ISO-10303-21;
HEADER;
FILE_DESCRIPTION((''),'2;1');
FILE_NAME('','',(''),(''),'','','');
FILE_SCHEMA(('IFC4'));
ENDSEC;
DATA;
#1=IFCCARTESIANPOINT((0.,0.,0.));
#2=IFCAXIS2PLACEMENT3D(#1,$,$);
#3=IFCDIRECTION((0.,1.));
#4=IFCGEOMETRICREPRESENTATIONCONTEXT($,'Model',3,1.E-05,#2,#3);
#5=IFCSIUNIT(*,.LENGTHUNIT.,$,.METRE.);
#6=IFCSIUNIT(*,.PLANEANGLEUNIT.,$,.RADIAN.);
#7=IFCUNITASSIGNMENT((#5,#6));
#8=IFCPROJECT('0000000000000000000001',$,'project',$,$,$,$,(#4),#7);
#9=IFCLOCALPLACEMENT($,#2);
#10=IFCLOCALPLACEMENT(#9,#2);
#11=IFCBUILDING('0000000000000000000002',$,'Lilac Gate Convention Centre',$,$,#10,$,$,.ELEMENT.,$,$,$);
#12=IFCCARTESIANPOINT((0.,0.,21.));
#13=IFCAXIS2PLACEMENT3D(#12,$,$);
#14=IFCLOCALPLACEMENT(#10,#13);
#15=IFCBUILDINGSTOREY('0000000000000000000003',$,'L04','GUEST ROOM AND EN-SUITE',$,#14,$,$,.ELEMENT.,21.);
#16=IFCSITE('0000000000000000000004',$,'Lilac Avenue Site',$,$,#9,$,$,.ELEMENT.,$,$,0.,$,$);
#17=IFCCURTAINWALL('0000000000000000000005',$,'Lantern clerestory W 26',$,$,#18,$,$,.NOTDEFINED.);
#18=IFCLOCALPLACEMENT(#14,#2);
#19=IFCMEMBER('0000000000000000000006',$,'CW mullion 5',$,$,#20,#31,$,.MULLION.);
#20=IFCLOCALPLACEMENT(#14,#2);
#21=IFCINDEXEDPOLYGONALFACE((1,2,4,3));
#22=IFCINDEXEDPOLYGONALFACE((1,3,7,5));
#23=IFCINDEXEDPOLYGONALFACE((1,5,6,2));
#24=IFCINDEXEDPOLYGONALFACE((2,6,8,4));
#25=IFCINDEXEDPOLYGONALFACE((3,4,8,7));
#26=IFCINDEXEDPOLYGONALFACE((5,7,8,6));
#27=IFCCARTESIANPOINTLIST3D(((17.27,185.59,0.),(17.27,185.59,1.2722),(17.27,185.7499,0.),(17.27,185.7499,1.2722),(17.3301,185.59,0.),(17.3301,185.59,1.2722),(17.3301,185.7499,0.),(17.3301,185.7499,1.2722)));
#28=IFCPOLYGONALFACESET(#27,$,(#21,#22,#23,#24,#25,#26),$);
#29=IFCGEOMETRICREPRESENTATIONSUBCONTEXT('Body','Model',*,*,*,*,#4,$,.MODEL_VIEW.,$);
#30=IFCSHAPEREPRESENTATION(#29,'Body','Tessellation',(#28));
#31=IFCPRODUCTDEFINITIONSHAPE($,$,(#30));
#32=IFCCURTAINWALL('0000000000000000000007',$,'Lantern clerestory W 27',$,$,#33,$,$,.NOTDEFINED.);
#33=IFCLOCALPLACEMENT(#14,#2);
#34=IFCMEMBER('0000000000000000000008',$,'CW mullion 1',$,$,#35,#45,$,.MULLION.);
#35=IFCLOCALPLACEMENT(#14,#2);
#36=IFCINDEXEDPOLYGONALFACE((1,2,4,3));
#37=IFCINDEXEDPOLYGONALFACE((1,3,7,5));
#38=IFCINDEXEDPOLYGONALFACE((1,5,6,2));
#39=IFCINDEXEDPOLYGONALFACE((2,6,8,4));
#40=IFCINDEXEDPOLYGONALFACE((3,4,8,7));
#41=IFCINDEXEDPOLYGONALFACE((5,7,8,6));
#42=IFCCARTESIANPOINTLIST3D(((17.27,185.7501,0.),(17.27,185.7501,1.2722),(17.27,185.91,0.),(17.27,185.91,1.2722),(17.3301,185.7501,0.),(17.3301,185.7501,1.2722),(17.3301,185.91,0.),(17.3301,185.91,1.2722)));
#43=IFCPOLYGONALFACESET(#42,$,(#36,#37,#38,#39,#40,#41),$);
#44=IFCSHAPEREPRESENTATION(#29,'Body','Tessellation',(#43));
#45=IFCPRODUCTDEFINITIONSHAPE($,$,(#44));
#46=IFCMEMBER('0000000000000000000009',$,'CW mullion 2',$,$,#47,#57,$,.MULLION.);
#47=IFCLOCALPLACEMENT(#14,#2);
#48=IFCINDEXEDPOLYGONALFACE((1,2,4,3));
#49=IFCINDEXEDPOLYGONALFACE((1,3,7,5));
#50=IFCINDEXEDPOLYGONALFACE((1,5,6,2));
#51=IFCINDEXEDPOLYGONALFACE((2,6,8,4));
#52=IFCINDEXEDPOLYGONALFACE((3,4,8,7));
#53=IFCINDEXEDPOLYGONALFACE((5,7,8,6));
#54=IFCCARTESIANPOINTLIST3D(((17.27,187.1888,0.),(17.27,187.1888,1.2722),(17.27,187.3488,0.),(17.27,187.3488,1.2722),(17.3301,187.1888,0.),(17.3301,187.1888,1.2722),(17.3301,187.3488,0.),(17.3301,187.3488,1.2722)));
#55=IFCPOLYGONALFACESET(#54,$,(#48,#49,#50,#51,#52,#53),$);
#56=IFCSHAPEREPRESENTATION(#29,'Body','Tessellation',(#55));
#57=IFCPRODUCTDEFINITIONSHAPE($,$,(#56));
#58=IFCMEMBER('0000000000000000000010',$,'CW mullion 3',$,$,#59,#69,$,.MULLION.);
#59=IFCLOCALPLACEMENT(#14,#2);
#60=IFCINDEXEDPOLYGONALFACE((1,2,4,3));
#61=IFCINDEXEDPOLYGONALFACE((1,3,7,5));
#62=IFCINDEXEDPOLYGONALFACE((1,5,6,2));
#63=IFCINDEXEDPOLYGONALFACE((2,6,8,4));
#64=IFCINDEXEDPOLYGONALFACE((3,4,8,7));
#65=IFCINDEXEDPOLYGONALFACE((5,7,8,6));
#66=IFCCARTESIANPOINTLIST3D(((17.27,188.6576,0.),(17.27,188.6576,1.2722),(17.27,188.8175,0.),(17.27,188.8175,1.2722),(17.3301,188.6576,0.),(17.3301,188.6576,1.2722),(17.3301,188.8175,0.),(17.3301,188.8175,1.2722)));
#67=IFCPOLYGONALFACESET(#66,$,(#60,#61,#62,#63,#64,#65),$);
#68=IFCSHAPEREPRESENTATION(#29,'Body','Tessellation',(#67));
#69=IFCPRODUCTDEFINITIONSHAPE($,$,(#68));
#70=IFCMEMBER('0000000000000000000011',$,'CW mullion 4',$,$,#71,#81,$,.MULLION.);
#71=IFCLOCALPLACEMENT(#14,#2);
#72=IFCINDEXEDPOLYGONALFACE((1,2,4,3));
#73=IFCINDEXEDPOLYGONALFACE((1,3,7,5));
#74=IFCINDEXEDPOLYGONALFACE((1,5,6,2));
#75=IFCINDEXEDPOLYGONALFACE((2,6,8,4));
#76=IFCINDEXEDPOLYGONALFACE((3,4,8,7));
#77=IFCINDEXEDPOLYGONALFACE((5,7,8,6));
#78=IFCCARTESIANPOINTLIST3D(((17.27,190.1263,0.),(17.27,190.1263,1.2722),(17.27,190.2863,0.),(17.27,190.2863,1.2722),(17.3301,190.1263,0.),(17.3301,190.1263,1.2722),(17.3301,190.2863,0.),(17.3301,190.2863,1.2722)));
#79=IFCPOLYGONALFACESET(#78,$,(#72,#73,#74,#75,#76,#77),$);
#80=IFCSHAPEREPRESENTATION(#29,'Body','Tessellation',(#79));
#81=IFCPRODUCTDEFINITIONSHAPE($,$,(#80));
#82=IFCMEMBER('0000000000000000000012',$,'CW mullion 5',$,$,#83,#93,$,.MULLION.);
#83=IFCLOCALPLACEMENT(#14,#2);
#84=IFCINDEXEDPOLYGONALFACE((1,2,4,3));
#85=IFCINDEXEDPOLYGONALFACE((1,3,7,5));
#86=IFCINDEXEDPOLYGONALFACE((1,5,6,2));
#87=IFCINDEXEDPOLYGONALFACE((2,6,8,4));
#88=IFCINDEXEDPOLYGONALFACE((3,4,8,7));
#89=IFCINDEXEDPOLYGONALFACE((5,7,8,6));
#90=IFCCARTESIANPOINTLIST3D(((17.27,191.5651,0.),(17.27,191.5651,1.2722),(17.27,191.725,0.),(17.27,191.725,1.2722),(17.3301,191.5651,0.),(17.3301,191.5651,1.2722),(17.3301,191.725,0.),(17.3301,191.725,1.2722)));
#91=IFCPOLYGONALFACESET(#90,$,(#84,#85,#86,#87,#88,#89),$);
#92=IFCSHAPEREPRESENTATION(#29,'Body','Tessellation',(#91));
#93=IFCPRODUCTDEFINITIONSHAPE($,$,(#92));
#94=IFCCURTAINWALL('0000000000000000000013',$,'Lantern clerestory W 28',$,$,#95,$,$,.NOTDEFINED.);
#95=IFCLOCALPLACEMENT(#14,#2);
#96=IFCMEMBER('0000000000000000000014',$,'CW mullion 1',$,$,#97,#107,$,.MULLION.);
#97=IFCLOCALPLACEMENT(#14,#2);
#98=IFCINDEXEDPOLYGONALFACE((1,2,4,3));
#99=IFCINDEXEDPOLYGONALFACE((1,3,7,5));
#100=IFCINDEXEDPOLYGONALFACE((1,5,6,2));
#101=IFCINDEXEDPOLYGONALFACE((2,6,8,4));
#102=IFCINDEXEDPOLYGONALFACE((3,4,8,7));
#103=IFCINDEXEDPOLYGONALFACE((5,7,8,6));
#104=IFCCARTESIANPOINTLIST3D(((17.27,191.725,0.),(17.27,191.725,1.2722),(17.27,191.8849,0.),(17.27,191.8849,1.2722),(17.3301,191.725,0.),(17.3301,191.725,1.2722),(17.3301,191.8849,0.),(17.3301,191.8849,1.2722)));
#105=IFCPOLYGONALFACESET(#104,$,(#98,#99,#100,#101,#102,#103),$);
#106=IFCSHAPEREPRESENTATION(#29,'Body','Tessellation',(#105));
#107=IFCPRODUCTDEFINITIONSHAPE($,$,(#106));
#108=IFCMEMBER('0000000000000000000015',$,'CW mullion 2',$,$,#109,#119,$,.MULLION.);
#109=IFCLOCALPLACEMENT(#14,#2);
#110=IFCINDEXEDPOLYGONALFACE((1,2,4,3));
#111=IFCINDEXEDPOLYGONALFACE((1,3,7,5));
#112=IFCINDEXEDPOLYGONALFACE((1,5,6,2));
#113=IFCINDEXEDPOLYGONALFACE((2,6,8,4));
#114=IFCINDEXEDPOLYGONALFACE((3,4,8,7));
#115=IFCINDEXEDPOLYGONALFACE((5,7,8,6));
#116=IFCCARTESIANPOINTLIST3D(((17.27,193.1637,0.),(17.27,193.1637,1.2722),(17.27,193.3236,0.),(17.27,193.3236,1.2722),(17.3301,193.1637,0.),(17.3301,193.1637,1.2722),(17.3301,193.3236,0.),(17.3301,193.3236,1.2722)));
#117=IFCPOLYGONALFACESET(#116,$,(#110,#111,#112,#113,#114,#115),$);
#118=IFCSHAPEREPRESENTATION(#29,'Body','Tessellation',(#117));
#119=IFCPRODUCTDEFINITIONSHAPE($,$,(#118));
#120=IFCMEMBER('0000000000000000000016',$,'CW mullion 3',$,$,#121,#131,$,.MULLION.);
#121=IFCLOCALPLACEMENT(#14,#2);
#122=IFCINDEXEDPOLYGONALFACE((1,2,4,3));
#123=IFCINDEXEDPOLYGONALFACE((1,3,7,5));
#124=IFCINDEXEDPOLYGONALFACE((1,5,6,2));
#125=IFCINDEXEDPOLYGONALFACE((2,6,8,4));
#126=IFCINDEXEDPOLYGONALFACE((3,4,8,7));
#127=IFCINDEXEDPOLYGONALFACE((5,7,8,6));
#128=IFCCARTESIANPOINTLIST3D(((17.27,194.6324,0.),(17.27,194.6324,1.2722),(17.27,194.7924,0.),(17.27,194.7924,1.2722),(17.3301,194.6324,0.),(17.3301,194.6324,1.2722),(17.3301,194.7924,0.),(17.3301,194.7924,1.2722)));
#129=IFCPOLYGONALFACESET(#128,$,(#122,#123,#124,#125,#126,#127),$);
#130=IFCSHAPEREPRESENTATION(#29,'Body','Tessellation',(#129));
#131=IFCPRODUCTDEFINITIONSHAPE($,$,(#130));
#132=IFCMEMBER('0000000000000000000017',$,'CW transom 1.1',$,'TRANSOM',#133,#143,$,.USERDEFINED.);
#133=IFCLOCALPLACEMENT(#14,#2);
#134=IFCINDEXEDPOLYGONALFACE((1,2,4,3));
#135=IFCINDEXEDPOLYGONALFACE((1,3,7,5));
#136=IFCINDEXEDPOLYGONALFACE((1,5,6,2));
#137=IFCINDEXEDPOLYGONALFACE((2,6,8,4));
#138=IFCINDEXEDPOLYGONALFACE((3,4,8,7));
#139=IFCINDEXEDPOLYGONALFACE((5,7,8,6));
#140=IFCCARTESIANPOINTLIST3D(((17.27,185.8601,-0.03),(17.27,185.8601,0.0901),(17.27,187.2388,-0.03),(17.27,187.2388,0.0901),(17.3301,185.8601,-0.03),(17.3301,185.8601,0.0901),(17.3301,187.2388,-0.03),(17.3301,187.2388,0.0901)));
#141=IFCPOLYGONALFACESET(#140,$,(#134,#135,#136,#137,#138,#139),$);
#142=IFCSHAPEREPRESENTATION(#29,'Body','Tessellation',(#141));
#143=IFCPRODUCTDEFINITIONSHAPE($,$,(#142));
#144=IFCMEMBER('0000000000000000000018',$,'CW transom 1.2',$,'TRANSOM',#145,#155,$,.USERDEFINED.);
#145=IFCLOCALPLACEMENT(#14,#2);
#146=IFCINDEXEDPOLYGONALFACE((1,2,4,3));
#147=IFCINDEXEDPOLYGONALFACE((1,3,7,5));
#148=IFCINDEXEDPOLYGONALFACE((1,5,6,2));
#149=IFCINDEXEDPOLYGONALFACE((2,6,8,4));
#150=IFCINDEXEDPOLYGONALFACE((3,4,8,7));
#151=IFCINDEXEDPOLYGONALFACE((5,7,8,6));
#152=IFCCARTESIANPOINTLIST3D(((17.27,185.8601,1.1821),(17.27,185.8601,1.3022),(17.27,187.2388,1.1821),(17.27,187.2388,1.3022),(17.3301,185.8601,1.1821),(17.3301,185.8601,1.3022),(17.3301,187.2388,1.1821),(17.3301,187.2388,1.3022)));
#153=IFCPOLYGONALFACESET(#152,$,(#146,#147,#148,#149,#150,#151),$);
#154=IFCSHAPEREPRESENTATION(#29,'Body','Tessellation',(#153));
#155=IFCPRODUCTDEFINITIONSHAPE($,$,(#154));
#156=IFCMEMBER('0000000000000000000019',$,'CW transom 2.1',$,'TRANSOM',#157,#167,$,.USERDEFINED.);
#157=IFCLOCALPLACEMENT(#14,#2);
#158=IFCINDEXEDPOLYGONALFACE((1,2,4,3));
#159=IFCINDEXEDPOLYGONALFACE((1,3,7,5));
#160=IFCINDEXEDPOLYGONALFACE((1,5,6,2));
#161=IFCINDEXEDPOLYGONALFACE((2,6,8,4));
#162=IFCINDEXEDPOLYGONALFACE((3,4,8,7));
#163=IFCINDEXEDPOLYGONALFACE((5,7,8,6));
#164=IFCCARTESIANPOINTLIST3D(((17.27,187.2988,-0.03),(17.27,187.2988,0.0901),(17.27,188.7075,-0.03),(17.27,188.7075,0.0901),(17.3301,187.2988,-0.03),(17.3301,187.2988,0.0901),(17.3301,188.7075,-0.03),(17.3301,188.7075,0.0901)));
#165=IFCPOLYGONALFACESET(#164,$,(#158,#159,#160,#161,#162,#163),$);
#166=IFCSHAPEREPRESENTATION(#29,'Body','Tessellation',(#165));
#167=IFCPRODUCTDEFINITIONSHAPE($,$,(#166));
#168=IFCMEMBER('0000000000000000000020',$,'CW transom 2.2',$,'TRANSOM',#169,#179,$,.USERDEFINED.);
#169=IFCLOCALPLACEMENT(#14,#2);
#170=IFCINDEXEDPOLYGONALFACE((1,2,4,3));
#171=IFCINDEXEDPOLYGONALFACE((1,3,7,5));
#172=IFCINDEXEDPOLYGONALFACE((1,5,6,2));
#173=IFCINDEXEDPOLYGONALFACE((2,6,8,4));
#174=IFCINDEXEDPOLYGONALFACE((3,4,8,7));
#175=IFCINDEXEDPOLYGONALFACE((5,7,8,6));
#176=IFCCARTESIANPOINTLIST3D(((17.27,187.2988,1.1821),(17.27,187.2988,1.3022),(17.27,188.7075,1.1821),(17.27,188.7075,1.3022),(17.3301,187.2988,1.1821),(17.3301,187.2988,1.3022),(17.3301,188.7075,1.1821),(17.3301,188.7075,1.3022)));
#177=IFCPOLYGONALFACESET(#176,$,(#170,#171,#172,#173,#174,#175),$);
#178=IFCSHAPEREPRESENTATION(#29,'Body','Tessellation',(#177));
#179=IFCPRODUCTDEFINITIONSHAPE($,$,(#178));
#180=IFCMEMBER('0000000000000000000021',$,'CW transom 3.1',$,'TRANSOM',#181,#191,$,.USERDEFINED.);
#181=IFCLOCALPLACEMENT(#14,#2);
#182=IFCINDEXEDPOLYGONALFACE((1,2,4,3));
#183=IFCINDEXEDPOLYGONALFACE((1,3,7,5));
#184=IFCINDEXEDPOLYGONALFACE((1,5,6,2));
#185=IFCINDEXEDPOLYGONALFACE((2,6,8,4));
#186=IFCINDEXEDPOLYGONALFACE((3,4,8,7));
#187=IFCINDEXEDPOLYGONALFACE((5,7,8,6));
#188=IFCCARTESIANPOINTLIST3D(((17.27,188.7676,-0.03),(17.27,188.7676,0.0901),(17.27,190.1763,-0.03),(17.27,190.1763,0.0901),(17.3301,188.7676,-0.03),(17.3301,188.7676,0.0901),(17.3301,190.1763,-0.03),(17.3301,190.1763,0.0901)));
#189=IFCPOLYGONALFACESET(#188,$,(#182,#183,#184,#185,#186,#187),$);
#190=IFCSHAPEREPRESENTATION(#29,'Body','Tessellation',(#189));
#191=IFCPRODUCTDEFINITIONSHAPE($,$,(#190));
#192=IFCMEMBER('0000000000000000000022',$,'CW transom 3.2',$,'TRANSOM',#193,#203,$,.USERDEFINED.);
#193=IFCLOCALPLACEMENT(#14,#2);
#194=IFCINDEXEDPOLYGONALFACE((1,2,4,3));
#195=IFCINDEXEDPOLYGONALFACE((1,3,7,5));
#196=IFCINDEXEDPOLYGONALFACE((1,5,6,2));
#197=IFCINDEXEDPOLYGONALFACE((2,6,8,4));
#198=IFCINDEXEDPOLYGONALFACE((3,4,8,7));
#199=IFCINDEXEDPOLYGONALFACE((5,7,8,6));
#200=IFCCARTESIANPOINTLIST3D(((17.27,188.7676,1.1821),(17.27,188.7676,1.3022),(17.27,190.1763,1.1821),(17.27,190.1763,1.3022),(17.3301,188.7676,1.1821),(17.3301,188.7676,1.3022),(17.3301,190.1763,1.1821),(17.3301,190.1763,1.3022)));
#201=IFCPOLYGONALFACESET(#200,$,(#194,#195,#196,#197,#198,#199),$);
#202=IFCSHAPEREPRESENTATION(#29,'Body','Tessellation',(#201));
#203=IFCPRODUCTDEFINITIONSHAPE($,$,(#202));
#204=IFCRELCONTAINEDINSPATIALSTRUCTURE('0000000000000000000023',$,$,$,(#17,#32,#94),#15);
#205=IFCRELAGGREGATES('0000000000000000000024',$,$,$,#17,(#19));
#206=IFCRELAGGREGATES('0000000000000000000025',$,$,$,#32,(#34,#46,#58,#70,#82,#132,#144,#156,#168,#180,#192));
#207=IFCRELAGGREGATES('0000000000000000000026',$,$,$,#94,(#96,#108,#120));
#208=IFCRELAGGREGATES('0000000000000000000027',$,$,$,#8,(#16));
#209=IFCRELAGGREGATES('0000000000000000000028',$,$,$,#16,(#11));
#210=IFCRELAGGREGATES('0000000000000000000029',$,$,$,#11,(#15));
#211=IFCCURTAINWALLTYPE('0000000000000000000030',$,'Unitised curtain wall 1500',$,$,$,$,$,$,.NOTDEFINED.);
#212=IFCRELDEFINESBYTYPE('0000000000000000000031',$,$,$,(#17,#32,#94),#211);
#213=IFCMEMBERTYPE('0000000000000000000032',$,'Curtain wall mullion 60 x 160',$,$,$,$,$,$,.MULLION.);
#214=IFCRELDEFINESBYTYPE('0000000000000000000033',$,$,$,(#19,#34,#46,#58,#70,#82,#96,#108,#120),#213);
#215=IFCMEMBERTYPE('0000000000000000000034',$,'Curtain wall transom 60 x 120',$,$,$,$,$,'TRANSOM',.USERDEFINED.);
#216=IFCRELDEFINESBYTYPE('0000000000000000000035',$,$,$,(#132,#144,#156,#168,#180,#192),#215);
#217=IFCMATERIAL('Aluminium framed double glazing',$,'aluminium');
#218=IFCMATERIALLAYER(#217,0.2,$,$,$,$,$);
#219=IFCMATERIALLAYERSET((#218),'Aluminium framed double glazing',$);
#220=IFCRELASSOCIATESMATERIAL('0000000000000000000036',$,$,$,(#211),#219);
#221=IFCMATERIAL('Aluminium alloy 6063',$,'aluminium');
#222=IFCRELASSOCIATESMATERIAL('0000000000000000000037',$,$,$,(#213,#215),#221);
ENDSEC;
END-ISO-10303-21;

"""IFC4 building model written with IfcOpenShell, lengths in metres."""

from ifc_helpers import new_model, si_unit, direction, frame, origin, origin_2d, place, context, subcontext, project, spatial, rectangle, extrude, material, layer, layer_set, material_profile, profile_set, type_object, element, aggregate, save


model = new_model("IFC4")

# Units and contexts
model_context = context("Model", 3, precision=1e-05, world=origin(), true_north=direction((0.0, 1.0)))
body_context = subcontext(model_context, "Body", "Model", "MODEL_VIEW")
ifc_project = project(units=[si_unit("LENGTHUNIT", "METRE"), si_unit("PLANEANGLEUNIT", "RADIAN")], contexts=[model_context])

# Site, building, storey
site_placement = place(None, origin())
site = spatial("IfcSite", under=ifc_project, at=site_placement, Name="Lilac Avenue Site", CompositionType="ELEMENT", RefElevation=0.0)
building_placement = place(site_placement, origin())
building = spatial("IfcBuilding", under=site, at=building_placement, Name="Lilac Gate Convention Centre", CompositionType="ELEMENT")
storey_placement = place(building_placement, frame((0.0, 0.0, 21.0)))
storey = spatial("IfcBuildingStorey", under=building, at=storey_placement, Name="L04", Description="GUEST ROOM AND EN-SUITE", CompositionType="ELEMENT", Elevation=21.0)

# Curtain wall, member
ifc_material_1 = material(Name="Aluminium framed double glazing", Category="aluminium")
ifc_layer_1 = layer(ifc_material_1, 0.2)
ifc_layer_set_1 = layer_set([ifc_layer_1], Name="Aluminium framed double glazing")
curtain_wall_type = type_object("IfcCurtainWallType", Name="Unitised curtain wall 1500", PredefinedType="NOTDEFINED", material=ifc_layer_set_1)
curtain_wall_1_placement = place(storey_placement, origin())
curtain_wall_1 = element("IfcCurtainWall", 1, at=curtain_wall_1_placement, inside=storey, type_object=curtain_wall_type, Name="Lantern clerestory W 26", PredefinedType="NOTDEFINED")
ifc_material_2 = material(Name="Aluminium alloy 6063", Category="aluminium")
ifc_material_profile_1 = material_profile(ifc_material_2, rectangle(XDim=0.0601, YDim=0.1599, at=origin_2d()), Name="Curtain wall mullion 60 x 160")
ifc_profile_set_1 = profile_set([ifc_material_profile_1], Name="Aluminium alloy 6063")
member_type_1 = type_object("IfcMemberType", Name="Curtain wall mullion 60 x 160", PredefinedType="MULLION", material=ifc_profile_set_1)
member_1_placement = place(storey_placement, frame((17.3, 185.6699, 0.0), z_axis=(0.0, 0.0, 1.0), x_axis=(-1.0, 0.0, 0.0)))
member_1 = element("IfcMember", 2, at=member_1_placement, type_object=member_type_1, Name="CW mullion 5", PredefinedType="MULLION", context=body_context, shape_type="SweptSolid", body=[
    extrude(rectangle(XDim=0.0601, YDim=0.1599, at=origin_2d()), origin(), (0.0, 0.0, 1.0), 1.2722),
])

# Curtain walls, members
curtain_wall_2_placement = place(storey_placement, origin())
curtain_wall_2 = element("IfcCurtainWall", 3, at=curtain_wall_2_placement, inside=storey, type_object=curtain_wall_type, Name="Lantern clerestory W 27", PredefinedType="NOTDEFINED")
member_2_placement = place(storey_placement, frame((17.3, 185.8301, 0.0), z_axis=(0.0, 0.0, 1.0), x_axis=(-1.0, 0.0, 0.0)))
member_2 = element("IfcMember", 4, at=member_2_placement, type_object=member_type_1, Name="CW mullion 1", PredefinedType="MULLION", context=body_context, shape_type="SweptSolid", body=[
    extrude(rectangle(XDim=0.0601, YDim=0.1599, at=origin_2d()), origin(), (0.0, 0.0, 1.0), 1.2722),
])
member_3_placement = place(storey_placement, frame((17.3, 187.2688, 0.0), z_axis=(0.0, 0.0, 1.0), x_axis=(-1.0, 0.0, 0.0)))
member_3 = element("IfcMember", 5, at=member_3_placement, type_object=member_type_1, Name="CW mullion 2", PredefinedType="MULLION", context=body_context, shape_type="SweptSolid", body=[
    extrude(rectangle(XDim=0.0601, YDim=0.1599, at=origin_2d()), origin(), (0.0, 0.0, 1.0), 1.2722),
])
member_4_placement = place(storey_placement, frame((17.3, 188.7375, 0.0), z_axis=(0.0, 0.0, 1.0), x_axis=(-1.0, 0.0, 0.0)))
member_4 = element("IfcMember", 6, at=member_4_placement, type_object=member_type_1, Name="CW mullion 3", PredefinedType="MULLION", context=body_context, shape_type="SweptSolid", body=[
    extrude(rectangle(XDim=0.0601, YDim=0.1599, at=origin_2d()), origin(), (0.0, 0.0, 1.0), 1.2722),
])
member_5_placement = place(storey_placement, frame((17.3, 190.2063, 0.0), z_axis=(0.0, 0.0, 1.0), x_axis=(-1.0, 0.0, 0.0)))
member_5 = element("IfcMember", 7, at=member_5_placement, type_object=member_type_1, Name="CW mullion 4", PredefinedType="MULLION", context=body_context, shape_type="SweptSolid", body=[
    extrude(rectangle(XDim=0.0601, YDim=0.1599, at=origin_2d()), origin(), (0.0, 0.0, 1.0), 1.2722),
])
member_6_placement = place(storey_placement, frame((17.3, 191.645, 0.0), z_axis=(0.0, 0.0, 1.0), x_axis=(-1.0, 0.0, 0.0)))
member_6 = element("IfcMember", 8, at=member_6_placement, type_object=member_type_1, Name="CW mullion 5", PredefinedType="MULLION", context=body_context, shape_type="SweptSolid", body=[
    extrude(rectangle(XDim=0.0601, YDim=0.1599, at=origin_2d()), origin(), (0.0, 0.0, 1.0), 1.2722),
])
curtain_wall_3_placement = place(storey_placement, origin())
curtain_wall_3 = element("IfcCurtainWall", 9, at=curtain_wall_3_placement, inside=storey, type_object=curtain_wall_type, Name="Lantern clerestory W 28", PredefinedType="NOTDEFINED")
member_7_placement = place(storey_placement, frame((17.3, 191.8049, 0.0), z_axis=(0.0, 0.0, 1.0), x_axis=(-1.0, 0.0, 0.0)))
member_7 = element("IfcMember", 10, at=member_7_placement, type_object=member_type_1, Name="CW mullion 1", PredefinedType="MULLION", context=body_context, shape_type="SweptSolid", body=[
    extrude(rectangle(XDim=0.0601, YDim=0.1599, at=origin_2d()), origin(), (0.0, 0.0, 1.0), 1.2722),
])
member_8_placement = place(storey_placement, frame((17.3, 193.2437, 0.0), z_axis=(0.0, 0.0, 1.0), x_axis=(-1.0, 0.0, 0.0)))
member_8 = element("IfcMember", 11, at=member_8_placement, type_object=member_type_1, Name="CW mullion 2", PredefinedType="MULLION", context=body_context, shape_type="SweptSolid", body=[
    extrude(rectangle(XDim=0.0601, YDim=0.1599, at=origin_2d()), origin(), (0.0, 0.0, 1.0), 1.2722),
])
member_9_placement = place(storey_placement, frame((17.3, 194.7124, 0.0), z_axis=(0.0, 0.0, 1.0), x_axis=(-1.0, 0.0, 0.0)))
member_9 = element("IfcMember", 12, at=member_9_placement, type_object=member_type_1, Name="CW mullion 3", PredefinedType="MULLION", context=body_context, shape_type="SweptSolid", body=[
    extrude(rectangle(XDim=0.0601, YDim=0.1599, at=origin_2d()), origin(), (0.0, 0.0, 1.0), 1.2722),
])

# Members
ifc_material_profile_2 = material_profile(ifc_material_2, rectangle(XDim=0.0601, YDim=0.1201, at=origin_2d()), Name="Curtain wall transom 60 x 120")
ifc_profile_set_2 = profile_set([ifc_material_profile_2], Name="Aluminium alloy 6063")
member_type_2 = type_object("IfcMemberType", Name="Curtain wall transom 60 x 120", ElementType="TRANSOM", PredefinedType="USERDEFINED", material=ifc_profile_set_2)
member_10_placement = place(storey_placement, frame((17.3, 185.8601, 0.03), z_axis=(0.0, 1.0, 0.0), x_axis=(-1.0, 0.0, 0.0)))
member_10 = element("IfcMember", 13, at=member_10_placement, type_object=member_type_2, Name="CW transom 1.1", ObjectType="TRANSOM", PredefinedType="USERDEFINED", context=body_context, shape_type="SweptSolid", body=[
    extrude(rectangle(XDim=0.0601, YDim=0.1201, at=origin_2d()), origin(), (0.0, 0.0, 1.0), 1.3787),
])
member_11_placement = place(storey_placement, frame((17.3, 185.8601, 1.2422), z_axis=(0.0, 1.0, 0.0), x_axis=(-1.0, 0.0, 0.0)))
member_11 = element("IfcMember", 14, at=member_11_placement, type_object=member_type_2, Name="CW transom 1.2", ObjectType="TRANSOM", PredefinedType="USERDEFINED", context=body_context, shape_type="SweptSolid", body=[
    extrude(rectangle(XDim=0.0601, YDim=0.1201, at=origin_2d()), origin(), (0.0, 0.0, 1.0), 1.3787),
])
member_12_placement = place(storey_placement, frame((17.3, 187.2988, 0.03), z_axis=(0.0, 1.0, 0.0), x_axis=(-1.0, 0.0, 0.0)))
member_12 = element("IfcMember", 15, at=member_12_placement, type_object=member_type_2, Name="CW transom 2.1", ObjectType="TRANSOM", PredefinedType="USERDEFINED", context=body_context, shape_type="SweptSolid", body=[
    extrude(rectangle(XDim=0.0601, YDim=0.1201, at=origin_2d()), origin(), (0.0, 0.0, 1.0), 1.4087),
])
member_13_placement = place(storey_placement, frame((17.3, 187.2988, 1.2422), z_axis=(0.0, 1.0, 0.0), x_axis=(-1.0, 0.0, 0.0)))
member_13 = element("IfcMember", 16, at=member_13_placement, type_object=member_type_2, Name="CW transom 2.2", ObjectType="TRANSOM", PredefinedType="USERDEFINED", context=body_context, shape_type="SweptSolid", body=[
    extrude(rectangle(XDim=0.0601, YDim=0.1201, at=origin_2d()), origin(), (0.0, 0.0, 1.0), 1.4087),
])
member_14_placement = place(storey_placement, frame((17.3, 188.7676, 0.03), z_axis=(0.0, 1.0, 0.0), x_axis=(-1.0, 0.0, 0.0)))
member_14 = element("IfcMember", 17, at=member_14_placement, type_object=member_type_2, Name="CW transom 3.1", ObjectType="TRANSOM", PredefinedType="USERDEFINED", context=body_context, shape_type="SweptSolid", body=[
    extrude(rectangle(XDim=0.0601, YDim=0.1201, at=origin_2d()), origin(), (0.0, 0.0, 1.0), 1.4087),
])
member_15_placement = place(storey_placement, frame((17.3, 188.7676, 1.2422), z_axis=(0.0, 1.0, 0.0), x_axis=(-1.0, 0.0, 0.0)))
member_15 = element("IfcMember", 18, at=member_15_placement, type_object=member_type_2, Name="CW transom 3.2", ObjectType="TRANSOM", PredefinedType="USERDEFINED", context=body_context, shape_type="SweptSolid", body=[
    extrude(rectangle(XDim=0.0601, YDim=0.1201, at=origin_2d()), origin(), (0.0, 0.0, 1.0), 1.4087),
])

aggregate(curtain_wall_1, [member_1])
aggregate(curtain_wall_2, [member_2, member_3, member_4, member_5, member_6, member_10, member_11, member_12, member_13, member_14, member_15])
aggregate(curtain_wall_3, [member_7, member_8, member_9])

save(model, "model.ifc")
